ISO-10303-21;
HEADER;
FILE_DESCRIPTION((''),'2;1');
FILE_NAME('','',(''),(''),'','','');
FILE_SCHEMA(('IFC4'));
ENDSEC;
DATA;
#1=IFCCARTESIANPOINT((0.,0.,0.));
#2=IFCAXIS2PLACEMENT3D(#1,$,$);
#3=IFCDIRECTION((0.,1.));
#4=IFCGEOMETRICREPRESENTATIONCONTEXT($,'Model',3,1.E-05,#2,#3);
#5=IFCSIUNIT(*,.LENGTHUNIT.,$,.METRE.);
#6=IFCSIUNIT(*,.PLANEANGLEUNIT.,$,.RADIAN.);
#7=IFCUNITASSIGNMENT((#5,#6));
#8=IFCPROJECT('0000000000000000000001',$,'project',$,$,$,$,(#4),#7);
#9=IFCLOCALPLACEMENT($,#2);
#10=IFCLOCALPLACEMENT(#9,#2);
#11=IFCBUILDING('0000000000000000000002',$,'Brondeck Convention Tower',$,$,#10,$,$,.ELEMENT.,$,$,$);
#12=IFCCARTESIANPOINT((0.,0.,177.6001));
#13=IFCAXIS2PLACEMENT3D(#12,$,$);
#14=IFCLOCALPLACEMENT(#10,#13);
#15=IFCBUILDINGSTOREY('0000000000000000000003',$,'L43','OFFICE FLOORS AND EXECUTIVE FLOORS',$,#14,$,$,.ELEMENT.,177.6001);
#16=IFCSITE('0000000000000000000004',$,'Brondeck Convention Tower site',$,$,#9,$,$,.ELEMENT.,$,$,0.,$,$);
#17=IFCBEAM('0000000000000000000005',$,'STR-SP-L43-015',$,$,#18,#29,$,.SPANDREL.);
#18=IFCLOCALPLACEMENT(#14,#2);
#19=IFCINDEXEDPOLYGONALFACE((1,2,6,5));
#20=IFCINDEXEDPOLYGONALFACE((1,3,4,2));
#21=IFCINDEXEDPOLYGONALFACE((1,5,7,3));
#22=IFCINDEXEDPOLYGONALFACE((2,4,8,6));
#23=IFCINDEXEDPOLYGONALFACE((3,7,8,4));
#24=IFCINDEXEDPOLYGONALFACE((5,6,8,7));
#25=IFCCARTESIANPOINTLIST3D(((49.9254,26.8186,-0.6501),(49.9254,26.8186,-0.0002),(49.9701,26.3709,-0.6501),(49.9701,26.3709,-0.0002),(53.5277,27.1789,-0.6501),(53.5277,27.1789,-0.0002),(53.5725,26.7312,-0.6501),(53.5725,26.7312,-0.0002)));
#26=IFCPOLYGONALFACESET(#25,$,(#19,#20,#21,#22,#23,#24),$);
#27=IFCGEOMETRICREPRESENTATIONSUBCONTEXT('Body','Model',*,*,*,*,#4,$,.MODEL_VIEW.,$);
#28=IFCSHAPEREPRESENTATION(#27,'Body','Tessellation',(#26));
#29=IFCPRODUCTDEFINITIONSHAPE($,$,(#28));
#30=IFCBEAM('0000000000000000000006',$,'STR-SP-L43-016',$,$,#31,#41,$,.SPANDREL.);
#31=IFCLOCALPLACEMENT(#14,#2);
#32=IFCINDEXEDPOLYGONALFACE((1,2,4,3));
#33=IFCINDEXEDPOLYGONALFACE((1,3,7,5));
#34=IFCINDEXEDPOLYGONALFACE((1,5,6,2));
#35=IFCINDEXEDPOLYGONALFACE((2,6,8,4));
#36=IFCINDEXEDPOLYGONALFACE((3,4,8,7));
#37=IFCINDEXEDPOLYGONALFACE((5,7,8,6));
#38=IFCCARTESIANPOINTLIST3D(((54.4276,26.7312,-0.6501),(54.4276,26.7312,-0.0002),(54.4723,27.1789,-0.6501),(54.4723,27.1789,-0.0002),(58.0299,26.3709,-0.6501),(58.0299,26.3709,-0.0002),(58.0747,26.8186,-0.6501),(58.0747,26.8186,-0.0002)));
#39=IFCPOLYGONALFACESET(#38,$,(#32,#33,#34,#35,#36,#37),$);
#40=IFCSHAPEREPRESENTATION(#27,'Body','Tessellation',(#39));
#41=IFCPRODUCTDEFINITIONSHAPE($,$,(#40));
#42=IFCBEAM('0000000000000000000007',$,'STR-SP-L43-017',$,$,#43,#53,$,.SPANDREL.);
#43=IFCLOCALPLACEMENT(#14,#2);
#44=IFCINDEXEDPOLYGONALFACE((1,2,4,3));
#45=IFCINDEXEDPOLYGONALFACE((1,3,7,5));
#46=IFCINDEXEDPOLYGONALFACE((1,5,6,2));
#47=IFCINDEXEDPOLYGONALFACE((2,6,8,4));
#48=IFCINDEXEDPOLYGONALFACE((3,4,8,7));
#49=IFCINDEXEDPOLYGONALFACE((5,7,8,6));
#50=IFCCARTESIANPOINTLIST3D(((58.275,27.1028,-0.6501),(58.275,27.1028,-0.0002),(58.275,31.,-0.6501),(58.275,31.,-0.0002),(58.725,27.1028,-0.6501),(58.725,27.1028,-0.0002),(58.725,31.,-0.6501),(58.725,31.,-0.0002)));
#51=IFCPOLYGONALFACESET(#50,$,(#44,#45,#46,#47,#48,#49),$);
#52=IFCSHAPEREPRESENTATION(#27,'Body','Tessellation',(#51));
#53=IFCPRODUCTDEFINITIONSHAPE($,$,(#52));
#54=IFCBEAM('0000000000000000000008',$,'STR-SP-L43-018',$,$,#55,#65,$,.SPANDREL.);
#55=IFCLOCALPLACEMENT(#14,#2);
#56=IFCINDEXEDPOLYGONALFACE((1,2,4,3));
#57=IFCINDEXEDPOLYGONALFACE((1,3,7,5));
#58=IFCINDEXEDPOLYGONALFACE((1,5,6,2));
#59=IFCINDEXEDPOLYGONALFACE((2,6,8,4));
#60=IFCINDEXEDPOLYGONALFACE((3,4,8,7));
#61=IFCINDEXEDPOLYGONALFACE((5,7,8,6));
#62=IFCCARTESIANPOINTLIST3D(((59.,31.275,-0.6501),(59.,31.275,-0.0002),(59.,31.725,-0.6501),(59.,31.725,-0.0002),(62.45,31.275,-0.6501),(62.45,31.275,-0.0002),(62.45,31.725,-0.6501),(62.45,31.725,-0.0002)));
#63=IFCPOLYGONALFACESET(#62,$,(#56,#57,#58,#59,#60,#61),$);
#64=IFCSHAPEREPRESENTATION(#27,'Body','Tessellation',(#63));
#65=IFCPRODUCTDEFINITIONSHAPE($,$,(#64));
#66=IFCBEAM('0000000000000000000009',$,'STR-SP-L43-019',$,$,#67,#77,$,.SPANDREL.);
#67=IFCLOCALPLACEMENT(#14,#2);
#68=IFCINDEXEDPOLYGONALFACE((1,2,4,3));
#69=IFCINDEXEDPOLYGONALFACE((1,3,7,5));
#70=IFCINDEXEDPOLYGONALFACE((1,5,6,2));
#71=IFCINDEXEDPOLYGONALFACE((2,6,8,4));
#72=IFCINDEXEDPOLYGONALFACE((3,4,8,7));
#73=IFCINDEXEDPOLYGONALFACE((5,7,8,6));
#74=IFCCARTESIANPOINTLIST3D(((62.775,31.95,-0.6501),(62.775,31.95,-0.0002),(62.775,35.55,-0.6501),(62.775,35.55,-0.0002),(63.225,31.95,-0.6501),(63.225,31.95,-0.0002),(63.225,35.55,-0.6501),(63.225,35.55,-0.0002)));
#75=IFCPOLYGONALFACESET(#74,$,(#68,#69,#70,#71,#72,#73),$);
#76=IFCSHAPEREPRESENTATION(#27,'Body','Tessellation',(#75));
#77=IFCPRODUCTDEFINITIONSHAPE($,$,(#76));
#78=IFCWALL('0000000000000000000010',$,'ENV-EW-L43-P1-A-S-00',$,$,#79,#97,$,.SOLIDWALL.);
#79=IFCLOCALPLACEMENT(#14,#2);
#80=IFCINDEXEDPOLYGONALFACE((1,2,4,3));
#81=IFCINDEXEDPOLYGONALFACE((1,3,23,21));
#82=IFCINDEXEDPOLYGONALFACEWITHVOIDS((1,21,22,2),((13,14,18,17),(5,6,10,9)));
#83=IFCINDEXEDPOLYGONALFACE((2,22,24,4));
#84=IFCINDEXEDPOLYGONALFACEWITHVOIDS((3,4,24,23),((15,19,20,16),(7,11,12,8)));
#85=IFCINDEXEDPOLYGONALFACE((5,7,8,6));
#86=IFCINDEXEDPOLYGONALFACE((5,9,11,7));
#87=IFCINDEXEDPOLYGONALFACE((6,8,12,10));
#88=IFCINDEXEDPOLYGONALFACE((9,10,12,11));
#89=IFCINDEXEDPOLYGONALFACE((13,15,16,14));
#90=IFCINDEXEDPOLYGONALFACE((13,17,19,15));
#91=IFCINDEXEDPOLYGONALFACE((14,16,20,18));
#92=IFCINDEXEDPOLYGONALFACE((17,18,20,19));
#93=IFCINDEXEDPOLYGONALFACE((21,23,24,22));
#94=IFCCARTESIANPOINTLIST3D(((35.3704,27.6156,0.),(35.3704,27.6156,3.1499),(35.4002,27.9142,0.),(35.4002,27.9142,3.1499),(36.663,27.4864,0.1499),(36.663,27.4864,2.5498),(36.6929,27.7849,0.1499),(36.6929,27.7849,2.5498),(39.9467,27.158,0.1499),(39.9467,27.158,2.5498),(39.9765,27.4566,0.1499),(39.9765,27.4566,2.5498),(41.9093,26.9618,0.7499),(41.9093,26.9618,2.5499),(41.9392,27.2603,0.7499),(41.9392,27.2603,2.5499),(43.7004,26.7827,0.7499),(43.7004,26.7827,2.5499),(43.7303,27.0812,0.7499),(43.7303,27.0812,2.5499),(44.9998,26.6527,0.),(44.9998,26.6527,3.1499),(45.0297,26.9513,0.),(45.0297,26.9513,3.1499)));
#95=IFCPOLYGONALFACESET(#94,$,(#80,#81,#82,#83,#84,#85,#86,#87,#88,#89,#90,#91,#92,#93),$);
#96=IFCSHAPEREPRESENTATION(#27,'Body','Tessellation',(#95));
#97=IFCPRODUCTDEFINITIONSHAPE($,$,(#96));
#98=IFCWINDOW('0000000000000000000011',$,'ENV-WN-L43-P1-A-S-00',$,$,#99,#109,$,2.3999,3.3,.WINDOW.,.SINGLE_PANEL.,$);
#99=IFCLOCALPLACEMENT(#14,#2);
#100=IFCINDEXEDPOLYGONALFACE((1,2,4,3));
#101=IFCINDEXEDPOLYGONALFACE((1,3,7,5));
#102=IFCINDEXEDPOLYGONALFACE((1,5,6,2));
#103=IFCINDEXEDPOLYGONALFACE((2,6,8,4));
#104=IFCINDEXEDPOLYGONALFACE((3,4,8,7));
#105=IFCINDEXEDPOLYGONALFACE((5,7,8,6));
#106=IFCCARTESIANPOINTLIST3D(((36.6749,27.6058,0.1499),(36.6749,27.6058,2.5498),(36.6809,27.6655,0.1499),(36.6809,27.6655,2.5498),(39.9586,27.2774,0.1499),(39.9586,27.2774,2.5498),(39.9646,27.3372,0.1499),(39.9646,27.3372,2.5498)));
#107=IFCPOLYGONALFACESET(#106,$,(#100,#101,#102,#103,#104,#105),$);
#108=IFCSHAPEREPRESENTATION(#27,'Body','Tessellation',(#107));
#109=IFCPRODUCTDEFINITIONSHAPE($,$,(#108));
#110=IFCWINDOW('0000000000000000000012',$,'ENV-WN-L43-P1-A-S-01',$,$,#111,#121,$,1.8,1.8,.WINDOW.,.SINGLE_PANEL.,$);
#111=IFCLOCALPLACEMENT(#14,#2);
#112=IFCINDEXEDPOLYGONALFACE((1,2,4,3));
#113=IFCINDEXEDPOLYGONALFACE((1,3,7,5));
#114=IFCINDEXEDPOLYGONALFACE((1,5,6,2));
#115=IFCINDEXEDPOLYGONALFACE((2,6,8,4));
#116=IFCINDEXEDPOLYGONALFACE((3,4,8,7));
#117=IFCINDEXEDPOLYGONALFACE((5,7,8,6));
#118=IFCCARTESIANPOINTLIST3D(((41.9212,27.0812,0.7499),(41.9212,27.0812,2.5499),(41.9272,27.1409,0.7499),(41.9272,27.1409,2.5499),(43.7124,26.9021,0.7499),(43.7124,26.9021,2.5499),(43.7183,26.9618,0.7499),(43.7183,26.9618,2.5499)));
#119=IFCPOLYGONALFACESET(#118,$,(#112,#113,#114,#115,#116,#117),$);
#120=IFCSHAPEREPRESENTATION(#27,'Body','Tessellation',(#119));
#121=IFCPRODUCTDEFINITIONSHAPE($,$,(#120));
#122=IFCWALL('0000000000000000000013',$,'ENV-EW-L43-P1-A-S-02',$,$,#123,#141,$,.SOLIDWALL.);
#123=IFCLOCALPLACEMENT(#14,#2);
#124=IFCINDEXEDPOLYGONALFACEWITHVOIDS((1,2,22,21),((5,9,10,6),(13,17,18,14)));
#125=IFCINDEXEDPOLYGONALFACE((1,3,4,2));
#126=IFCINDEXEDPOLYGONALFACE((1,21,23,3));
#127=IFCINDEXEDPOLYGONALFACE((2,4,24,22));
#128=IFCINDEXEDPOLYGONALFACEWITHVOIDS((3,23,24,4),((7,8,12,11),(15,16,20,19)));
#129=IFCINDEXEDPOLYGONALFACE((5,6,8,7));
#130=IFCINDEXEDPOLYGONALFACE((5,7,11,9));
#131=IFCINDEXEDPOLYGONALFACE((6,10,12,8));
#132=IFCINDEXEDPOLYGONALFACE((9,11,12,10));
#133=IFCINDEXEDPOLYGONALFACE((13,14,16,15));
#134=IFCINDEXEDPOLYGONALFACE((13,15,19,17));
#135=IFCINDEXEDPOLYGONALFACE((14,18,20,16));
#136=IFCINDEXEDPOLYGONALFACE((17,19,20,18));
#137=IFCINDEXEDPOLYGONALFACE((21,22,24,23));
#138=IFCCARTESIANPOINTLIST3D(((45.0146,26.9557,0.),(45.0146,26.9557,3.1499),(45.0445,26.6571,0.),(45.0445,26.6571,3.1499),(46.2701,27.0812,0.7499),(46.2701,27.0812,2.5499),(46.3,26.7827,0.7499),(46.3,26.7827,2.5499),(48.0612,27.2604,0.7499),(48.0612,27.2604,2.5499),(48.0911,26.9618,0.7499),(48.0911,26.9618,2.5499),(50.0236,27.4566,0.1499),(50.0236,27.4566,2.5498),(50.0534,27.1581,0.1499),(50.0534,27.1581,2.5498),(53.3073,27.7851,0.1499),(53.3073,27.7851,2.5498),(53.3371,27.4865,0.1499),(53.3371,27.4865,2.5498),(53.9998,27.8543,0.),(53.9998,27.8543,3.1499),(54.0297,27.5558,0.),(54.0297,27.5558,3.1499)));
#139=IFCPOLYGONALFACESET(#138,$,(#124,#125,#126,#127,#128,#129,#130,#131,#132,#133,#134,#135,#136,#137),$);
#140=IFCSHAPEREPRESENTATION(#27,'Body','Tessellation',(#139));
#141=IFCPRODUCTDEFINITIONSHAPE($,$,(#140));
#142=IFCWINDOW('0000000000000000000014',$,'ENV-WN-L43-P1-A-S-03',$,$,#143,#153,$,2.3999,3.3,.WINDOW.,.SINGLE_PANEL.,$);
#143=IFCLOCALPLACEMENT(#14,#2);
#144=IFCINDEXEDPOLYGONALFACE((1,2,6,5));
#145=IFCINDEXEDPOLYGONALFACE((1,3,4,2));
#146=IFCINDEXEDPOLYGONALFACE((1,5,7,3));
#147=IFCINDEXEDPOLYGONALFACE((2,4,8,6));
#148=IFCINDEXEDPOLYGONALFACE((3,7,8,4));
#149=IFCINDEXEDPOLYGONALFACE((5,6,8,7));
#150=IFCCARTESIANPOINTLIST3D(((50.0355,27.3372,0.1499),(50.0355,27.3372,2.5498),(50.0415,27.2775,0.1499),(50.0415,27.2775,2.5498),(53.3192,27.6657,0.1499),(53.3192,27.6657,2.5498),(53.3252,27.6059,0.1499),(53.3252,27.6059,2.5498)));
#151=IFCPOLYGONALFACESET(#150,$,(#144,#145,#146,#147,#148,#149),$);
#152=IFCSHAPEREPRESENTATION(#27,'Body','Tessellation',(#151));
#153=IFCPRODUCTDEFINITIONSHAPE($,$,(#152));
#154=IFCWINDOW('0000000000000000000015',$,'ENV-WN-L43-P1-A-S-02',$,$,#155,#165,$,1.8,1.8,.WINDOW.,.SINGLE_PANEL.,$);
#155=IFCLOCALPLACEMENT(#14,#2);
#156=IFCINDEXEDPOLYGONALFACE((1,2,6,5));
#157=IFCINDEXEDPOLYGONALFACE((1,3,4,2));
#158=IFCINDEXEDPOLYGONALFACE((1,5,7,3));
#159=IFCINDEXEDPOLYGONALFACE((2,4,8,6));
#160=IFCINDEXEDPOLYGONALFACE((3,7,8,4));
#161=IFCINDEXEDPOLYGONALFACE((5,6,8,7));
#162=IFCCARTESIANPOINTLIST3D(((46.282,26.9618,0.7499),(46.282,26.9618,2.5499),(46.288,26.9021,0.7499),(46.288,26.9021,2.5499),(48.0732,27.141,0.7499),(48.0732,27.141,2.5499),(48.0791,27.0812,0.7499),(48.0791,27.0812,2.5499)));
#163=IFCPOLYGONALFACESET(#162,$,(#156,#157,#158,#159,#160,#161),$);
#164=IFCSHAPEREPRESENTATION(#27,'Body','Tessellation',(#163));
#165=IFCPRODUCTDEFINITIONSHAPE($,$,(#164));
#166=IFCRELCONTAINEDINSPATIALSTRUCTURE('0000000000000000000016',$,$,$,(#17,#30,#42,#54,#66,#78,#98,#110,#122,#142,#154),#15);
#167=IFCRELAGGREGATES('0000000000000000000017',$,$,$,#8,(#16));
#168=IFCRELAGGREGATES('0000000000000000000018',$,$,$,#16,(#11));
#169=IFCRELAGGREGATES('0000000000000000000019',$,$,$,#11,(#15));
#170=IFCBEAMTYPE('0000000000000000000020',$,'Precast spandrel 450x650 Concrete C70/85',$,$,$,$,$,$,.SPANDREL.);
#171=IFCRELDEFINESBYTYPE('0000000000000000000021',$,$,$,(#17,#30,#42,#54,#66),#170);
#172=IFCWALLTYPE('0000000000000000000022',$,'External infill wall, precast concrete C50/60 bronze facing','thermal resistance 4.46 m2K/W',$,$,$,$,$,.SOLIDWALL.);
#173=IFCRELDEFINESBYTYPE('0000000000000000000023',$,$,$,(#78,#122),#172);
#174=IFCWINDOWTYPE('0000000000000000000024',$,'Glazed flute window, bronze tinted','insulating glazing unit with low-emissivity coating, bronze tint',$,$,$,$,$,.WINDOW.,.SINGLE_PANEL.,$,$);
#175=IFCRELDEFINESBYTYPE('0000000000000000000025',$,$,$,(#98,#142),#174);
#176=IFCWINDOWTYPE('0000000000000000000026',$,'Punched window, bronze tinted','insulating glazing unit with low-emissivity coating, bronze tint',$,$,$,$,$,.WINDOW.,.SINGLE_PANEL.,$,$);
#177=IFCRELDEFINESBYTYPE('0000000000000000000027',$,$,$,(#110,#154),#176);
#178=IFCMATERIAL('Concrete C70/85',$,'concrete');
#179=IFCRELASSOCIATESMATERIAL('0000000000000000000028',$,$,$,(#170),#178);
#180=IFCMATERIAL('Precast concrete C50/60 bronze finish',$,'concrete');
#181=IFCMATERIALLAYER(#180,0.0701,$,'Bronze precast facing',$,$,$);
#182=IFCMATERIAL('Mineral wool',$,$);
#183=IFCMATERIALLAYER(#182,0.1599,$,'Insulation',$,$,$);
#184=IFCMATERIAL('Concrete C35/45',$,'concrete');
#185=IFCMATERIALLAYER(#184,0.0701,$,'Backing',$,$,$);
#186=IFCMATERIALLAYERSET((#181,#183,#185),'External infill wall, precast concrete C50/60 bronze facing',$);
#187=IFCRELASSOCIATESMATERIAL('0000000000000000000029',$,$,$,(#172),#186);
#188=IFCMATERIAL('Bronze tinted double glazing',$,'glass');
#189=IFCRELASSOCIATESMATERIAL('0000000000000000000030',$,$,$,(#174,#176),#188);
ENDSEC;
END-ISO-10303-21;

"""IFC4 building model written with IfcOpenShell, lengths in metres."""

from ifc_helpers import new_model, si_unit, direction, frame, frame_2d, origin, origin_2d, place, context, subcontext, project, spatial, rectangle, extrude, material, layer, layer_set, material_profile, profile_set, type_object, element, fill, save


model = new_model("IFC4")

# Units and contexts
model_context = context("Model", 3, precision=1e-05, world=origin(), true_north=direction((0.0, 1.0)))
body_context = subcontext(model_context, "Body", "Model", "MODEL_VIEW")
ifc_project = project(units=[si_unit("LENGTHUNIT", "METRE"), si_unit("PLANEANGLEUNIT", "RADIAN")], contexts=[model_context])

# Site, building, storey
site_placement = place(None, origin())
site = spatial("IfcSite", under=ifc_project, at=site_placement, Name="Brondeck Convention Tower site", CompositionType="ELEMENT", RefElevation=0.0)
building_placement = place(site_placement, origin())
building = spatial("IfcBuilding", under=site, at=building_placement, Name="Brondeck Convention Tower", CompositionType="ELEMENT")
storey_placement = place(building_placement, frame((0.0, 0.0, 177.6001)))
storey = spatial("IfcBuildingStorey", under=building, at=storey_placement, Name="L43", Description="OFFICE FLOORS AND EXECUTIVE FLOORS", CompositionType="ELEMENT", Elevation=177.6001)

# Shared definitions
ifc_material_1 = material(Name="Concrete C70/85", Category="concrete")

# Beams
ifc_material_profile_1 = material_profile(ifc_material_1, rectangle(XDim=0.45, YDim=0.6499, at=origin_2d()), Name="Precast spandrel 450x650 Concrete C70/85")
ifc_profile_set_1 = profile_set([ifc_material_profile_1], Name="Concrete C70/85")
beam_type_1 = type_object("IfcBeamType", Name="Precast spandrel 450x650 Concrete C70/85", PredefinedType="SPANDREL", material=ifc_profile_set_1)
for number, where, z_axis, x_axis, name in (
    (1, (49.9478, 26.5947, -0.3252), (0.995034, 0.099537, 0.0), (-0.099537, 0.995034, 0.0), "STR-SP-L43-015"),
    (2, (54.45, 26.9551, -0.3252), (0.995034, -0.099537, 0.0), (0.099537, 0.995034, 0.0), "STR-SP-L43-016"),
):
    element("IfcBeam", number, at=place(storey_placement, frame(where, z_axis=z_axis, x_axis=x_axis)), inside=storey, type_object=beam_type_1, Name=name, PredefinedType="SPANDREL", context=body_context, shape_type="SweptSolid", body=[
        extrude(rectangle(XDim=0.45, YDim=0.6499, at=origin_2d()), origin(), (0.0, 0.0, 1.0), 3.6204),
    ])
beam_1_placement = place(storey_placement, frame((58.5, 27.1028, -0.3252), z_axis=(0.0, 1.0, 0.0), x_axis=(-1.0, 0.0, 0.0)))
element("IfcBeam", 3, at=beam_1_placement, inside=storey, type_object=beam_type_1, Name="STR-SP-L43-017", PredefinedType="SPANDREL", context=body_context, shape_type="SweptSolid", body=[
    extrude(rectangle(XDim=0.45, YDim=0.6499, at=origin_2d()), origin(), (0.0, 0.0, 1.0), 3.8972),
])
beam_2_placement = place(storey_placement, frame((59.0, 31.5, -0.3252), z_axis=(1.0, 0.0, 0.0), x_axis=(0.0, 1.0, 0.0)))
element("IfcBeam", 4, at=beam_2_placement, inside=storey, type_object=beam_type_1, Name="STR-SP-L43-018", PredefinedType="SPANDREL", context=body_context, shape_type="SweptSolid", body=[
    extrude(rectangle(XDim=0.45, YDim=0.6499, at=origin_2d()), origin(), (0.0, 0.0, 1.0), 3.45),
])
beam_3_placement = place(storey_placement, frame((63.0, 31.95, -0.3252), z_axis=(0.0, 1.0, 0.0), x_axis=(-1.0, 0.0, 0.0)))
element("IfcBeam", 5, at=beam_3_placement, inside=storey, type_object=beam_type_1, Name="STR-SP-L43-019", PredefinedType="SPANDREL", context=body_context, shape_type="SweptSolid", body=[
    extrude(rectangle(XDim=0.45, YDim=0.6499, at=origin_2d()), origin(), (0.0, 0.0, 1.0), 3.6001),
])

# Walls, openings, windows
ifc_material_2 = material(Name="Precast concrete C50/60 bronze finish", Category="concrete")
ifc_layer_1 = layer(ifc_material_2, 0.0701, Name="Bronze precast facing")
ifc_material_3 = material(Name="Mineral wool")
ifc_layer_2 = layer(ifc_material_3, 0.1599, Name="Insulation")
ifc_material_4 = material(Name="Concrete C35/45", Category="concrete")
ifc_layer_3 = layer(ifc_material_4, 0.0701, Name="Backing")
ifc_layer_set_1 = layer_set([ifc_layer_1, ifc_layer_2, ifc_layer_3], Name="External infill wall, precast concrete C50/60 bronze facing")
wall_type_1 = type_object("IfcWallType", Name="External infill wall, precast concrete C50/60 bronze facing", Description="thermal resistance 4.46 m2K/W", PredefinedType="SOLIDWALL", material=ifc_layer_set_1)
wall_1_placement = place(storey_placement, frame((45.0149, 26.802, 0.0), z_axis=(0.0, 0.0, 1.0), x_axis=(-0.995038, 0.099499, 0.0)))
wall_1 = element("IfcWall", 6, at=wall_1_placement, inside=storey, type_object=wall_type_1, Name="ENV-EW-L43-P1-A-S-00", PredefinedType="SOLIDWALL", context=body_context, shape_type="SweptSolid", body=[
    extrude(rectangle(XDim=9.6775, YDim=0.3, at=frame_2d((4.8389, 0.0))), origin(), (0.0, 0.0, 1.0), 3.1499),
])
opening_1_placement = place(wall_1_placement, frame((1.3062, 0.0, 0.75)))
opening_1 = element("IfcOpeningElement", 7, at=opening_1_placement, cuts=wall_1, PredefinedType="OPENING", context=body_context, shape_type="SweptSolid", body=[
    extrude(rectangle(XDim=1.8, YDim=1.8, at=frame_2d((0.8999, 0.8999))), frame((0.0, 0.1599, 0.0), z_axis=(0.0, -1.0, 0.0), x_axis=(1.0, 0.0, 0.0)), (0.0, 0.0, 1.0), 0.3201),
])
opening_2_placement = place(wall_1_placement, frame((5.0786, 0.0, 0.1499)))
opening_2 = element("IfcOpeningElement", 8, at=opening_2_placement, cuts=wall_1, PredefinedType="OPENING", context=body_context, shape_type="SweptSolid", body=[
    extrude(rectangle(XDim=3.3, YDim=2.3999, at=frame_2d((1.6499, 1.2))), frame((0.0, 0.1599, 0.0), z_axis=(0.0, -1.0, 0.0), x_axis=(1.0, 0.0, 0.0)), (0.0, 0.0, 1.0), 0.3201),
])
ifc_material_5 = material(Name="Bronze tinted double glazing", Category="glass")
window_type_1 = type_object("IfcWindowType", Name="Glazed flute window, bronze tinted", Description="insulating glazing unit with low-emissivity coating, bronze tint", PartitioningType="SINGLE_PANEL", PredefinedType="WINDOW", material=ifc_material_5)
window_1_placement = place(opening_2_placement, origin())
window_1 = element("IfcWindow", 9, at=window_1_placement, inside=storey, type_object=window_type_1, Name="ENV-WN-L43-P1-A-S-00", OverallHeight=2.3999, OverallWidth=3.3, PartitioningType="SINGLE_PANEL", PredefinedType="WINDOW", context=body_context, shape_type="SweptSolid", body=[
    extrude(rectangle(XDim=3.3, YDim=2.3999, at=frame_2d((1.6499, 1.2))), frame((0.0, 0.03, 0.0), z_axis=(0.0, -1.0, 0.0), x_axis=(1.0, 0.0, 0.0)), (0.0, 0.0, 1.0), 0.0601),
])
fill(opening_2, window_1)
window_type_2 = type_object("IfcWindowType", Name="Punched window, bronze tinted", Description="insulating glazing unit with low-emissivity coating, bronze tint", PartitioningType="SINGLE_PANEL", PredefinedType="WINDOW", material=ifc_material_5)
window_2_placement = place(opening_1_placement, origin())
window_2 = element("IfcWindow", 10, at=window_2_placement, inside=storey, type_object=window_type_2, Name="ENV-WN-L43-P1-A-S-01", OverallHeight=1.8, OverallWidth=1.8, PartitioningType="SINGLE_PANEL", PredefinedType="WINDOW", context=body_context, shape_type="SweptSolid", body=[
    extrude(rectangle(XDim=1.8, YDim=1.8, at=frame_2d((0.8999, 0.8999))), frame((0.0, 0.03, 0.0), z_axis=(0.0, -1.0, 0.0), x_axis=(1.0, 0.0, 0.0)), (0.0, 0.0, 1.0), 0.0601),
])
fill(opening_1, window_2)
wall_2_placement = place(storey_placement, frame((54.0149, 27.7051, 0.0), z_axis=(0.0, 0.0, 1.0), x_axis=(-0.995035, -0.099522, 0.0)))
wall_2 = element("IfcWall", 11, at=wall_2_placement, inside=storey, type_object=wall_type_1, Name="ENV-EW-L43-P1-A-S-02", PredefinedType="SOLIDWALL", context=body_context, shape_type="SweptSolid", body=[
    extrude(rectangle(XDim=9.03, YDim=0.3, at=frame_2d((4.5151, 0.0))), origin(), (0.0, 0.0, 1.0), 3.1499),
])
opening_3_placement = place(wall_2_placement, frame((0.6963, 0.0, 0.1499)))
opening_3 = element("IfcOpeningElement", 12, at=opening_3_placement, cuts=wall_2, PredefinedType="OPENING", context=body_context, shape_type="SweptSolid", body=[
    extrude(rectangle(XDim=3.3, YDim=2.3999, at=frame_2d((1.6499, 1.2))), frame((0.0, 0.1599, 0.0), z_axis=(0.0, -1.0, 0.0), x_axis=(1.0, 0.0, 0.0)), (0.0, 0.0, 1.0), 0.3201),
])
opening_4_placement = place(wall_2_placement, frame((5.9685, 0.0, 0.75)))
opening_4 = element("IfcOpeningElement", 13, at=opening_4_placement, cuts=wall_2, PredefinedType="OPENING", context=body_context, shape_type="SweptSolid", body=[
    extrude(rectangle(XDim=1.8, YDim=1.8, at=frame_2d((0.8999, 0.8999))), frame((0.0, 0.1599, 0.0), z_axis=(0.0, -1.0, 0.0), x_axis=(1.0, 0.0, 0.0)), (0.0, 0.0, 1.0), 0.3201),
])
window_3_placement = place(opening_3_placement, origin())
window_3 = element("IfcWindow", 14, at=window_3_placement, inside=storey, type_object=window_type_1, Name="ENV-WN-L43-P1-A-S-03", OverallHeight=2.3999, OverallWidth=3.3, PartitioningType="SINGLE_PANEL", PredefinedType="WINDOW", context=body_context, shape_type="SweptSolid", body=[
    extrude(rectangle(XDim=3.3, YDim=2.3999, at=frame_2d((1.6499, 1.2))), frame((0.0, 0.03, 0.0), z_axis=(0.0, -1.0, 0.0), x_axis=(1.0, 0.0, 0.0)), (0.0, 0.0, 1.0), 0.0601),
])
fill(opening_3, window_3)
window_4_placement = place(opening_4_placement, origin())
window_4 = element("IfcWindow", 15, at=window_4_placement, inside=storey, type_object=window_type_2, Name="ENV-WN-L43-P1-A-S-02", OverallHeight=1.8, OverallWidth=1.8, PartitioningType="SINGLE_PANEL", PredefinedType="WINDOW", context=body_context, shape_type="SweptSolid", body=[
    extrude(rectangle(XDim=1.8, YDim=1.8, at=frame_2d((0.8999, 0.8999))), frame((0.0, 0.03, 0.0), z_axis=(0.0, -1.0, 0.0), x_axis=(1.0, 0.0, 0.0)), (0.0, 0.0, 1.0), 0.0601),
])
fill(opening_4, window_4)

save(model, "model.ifc")
